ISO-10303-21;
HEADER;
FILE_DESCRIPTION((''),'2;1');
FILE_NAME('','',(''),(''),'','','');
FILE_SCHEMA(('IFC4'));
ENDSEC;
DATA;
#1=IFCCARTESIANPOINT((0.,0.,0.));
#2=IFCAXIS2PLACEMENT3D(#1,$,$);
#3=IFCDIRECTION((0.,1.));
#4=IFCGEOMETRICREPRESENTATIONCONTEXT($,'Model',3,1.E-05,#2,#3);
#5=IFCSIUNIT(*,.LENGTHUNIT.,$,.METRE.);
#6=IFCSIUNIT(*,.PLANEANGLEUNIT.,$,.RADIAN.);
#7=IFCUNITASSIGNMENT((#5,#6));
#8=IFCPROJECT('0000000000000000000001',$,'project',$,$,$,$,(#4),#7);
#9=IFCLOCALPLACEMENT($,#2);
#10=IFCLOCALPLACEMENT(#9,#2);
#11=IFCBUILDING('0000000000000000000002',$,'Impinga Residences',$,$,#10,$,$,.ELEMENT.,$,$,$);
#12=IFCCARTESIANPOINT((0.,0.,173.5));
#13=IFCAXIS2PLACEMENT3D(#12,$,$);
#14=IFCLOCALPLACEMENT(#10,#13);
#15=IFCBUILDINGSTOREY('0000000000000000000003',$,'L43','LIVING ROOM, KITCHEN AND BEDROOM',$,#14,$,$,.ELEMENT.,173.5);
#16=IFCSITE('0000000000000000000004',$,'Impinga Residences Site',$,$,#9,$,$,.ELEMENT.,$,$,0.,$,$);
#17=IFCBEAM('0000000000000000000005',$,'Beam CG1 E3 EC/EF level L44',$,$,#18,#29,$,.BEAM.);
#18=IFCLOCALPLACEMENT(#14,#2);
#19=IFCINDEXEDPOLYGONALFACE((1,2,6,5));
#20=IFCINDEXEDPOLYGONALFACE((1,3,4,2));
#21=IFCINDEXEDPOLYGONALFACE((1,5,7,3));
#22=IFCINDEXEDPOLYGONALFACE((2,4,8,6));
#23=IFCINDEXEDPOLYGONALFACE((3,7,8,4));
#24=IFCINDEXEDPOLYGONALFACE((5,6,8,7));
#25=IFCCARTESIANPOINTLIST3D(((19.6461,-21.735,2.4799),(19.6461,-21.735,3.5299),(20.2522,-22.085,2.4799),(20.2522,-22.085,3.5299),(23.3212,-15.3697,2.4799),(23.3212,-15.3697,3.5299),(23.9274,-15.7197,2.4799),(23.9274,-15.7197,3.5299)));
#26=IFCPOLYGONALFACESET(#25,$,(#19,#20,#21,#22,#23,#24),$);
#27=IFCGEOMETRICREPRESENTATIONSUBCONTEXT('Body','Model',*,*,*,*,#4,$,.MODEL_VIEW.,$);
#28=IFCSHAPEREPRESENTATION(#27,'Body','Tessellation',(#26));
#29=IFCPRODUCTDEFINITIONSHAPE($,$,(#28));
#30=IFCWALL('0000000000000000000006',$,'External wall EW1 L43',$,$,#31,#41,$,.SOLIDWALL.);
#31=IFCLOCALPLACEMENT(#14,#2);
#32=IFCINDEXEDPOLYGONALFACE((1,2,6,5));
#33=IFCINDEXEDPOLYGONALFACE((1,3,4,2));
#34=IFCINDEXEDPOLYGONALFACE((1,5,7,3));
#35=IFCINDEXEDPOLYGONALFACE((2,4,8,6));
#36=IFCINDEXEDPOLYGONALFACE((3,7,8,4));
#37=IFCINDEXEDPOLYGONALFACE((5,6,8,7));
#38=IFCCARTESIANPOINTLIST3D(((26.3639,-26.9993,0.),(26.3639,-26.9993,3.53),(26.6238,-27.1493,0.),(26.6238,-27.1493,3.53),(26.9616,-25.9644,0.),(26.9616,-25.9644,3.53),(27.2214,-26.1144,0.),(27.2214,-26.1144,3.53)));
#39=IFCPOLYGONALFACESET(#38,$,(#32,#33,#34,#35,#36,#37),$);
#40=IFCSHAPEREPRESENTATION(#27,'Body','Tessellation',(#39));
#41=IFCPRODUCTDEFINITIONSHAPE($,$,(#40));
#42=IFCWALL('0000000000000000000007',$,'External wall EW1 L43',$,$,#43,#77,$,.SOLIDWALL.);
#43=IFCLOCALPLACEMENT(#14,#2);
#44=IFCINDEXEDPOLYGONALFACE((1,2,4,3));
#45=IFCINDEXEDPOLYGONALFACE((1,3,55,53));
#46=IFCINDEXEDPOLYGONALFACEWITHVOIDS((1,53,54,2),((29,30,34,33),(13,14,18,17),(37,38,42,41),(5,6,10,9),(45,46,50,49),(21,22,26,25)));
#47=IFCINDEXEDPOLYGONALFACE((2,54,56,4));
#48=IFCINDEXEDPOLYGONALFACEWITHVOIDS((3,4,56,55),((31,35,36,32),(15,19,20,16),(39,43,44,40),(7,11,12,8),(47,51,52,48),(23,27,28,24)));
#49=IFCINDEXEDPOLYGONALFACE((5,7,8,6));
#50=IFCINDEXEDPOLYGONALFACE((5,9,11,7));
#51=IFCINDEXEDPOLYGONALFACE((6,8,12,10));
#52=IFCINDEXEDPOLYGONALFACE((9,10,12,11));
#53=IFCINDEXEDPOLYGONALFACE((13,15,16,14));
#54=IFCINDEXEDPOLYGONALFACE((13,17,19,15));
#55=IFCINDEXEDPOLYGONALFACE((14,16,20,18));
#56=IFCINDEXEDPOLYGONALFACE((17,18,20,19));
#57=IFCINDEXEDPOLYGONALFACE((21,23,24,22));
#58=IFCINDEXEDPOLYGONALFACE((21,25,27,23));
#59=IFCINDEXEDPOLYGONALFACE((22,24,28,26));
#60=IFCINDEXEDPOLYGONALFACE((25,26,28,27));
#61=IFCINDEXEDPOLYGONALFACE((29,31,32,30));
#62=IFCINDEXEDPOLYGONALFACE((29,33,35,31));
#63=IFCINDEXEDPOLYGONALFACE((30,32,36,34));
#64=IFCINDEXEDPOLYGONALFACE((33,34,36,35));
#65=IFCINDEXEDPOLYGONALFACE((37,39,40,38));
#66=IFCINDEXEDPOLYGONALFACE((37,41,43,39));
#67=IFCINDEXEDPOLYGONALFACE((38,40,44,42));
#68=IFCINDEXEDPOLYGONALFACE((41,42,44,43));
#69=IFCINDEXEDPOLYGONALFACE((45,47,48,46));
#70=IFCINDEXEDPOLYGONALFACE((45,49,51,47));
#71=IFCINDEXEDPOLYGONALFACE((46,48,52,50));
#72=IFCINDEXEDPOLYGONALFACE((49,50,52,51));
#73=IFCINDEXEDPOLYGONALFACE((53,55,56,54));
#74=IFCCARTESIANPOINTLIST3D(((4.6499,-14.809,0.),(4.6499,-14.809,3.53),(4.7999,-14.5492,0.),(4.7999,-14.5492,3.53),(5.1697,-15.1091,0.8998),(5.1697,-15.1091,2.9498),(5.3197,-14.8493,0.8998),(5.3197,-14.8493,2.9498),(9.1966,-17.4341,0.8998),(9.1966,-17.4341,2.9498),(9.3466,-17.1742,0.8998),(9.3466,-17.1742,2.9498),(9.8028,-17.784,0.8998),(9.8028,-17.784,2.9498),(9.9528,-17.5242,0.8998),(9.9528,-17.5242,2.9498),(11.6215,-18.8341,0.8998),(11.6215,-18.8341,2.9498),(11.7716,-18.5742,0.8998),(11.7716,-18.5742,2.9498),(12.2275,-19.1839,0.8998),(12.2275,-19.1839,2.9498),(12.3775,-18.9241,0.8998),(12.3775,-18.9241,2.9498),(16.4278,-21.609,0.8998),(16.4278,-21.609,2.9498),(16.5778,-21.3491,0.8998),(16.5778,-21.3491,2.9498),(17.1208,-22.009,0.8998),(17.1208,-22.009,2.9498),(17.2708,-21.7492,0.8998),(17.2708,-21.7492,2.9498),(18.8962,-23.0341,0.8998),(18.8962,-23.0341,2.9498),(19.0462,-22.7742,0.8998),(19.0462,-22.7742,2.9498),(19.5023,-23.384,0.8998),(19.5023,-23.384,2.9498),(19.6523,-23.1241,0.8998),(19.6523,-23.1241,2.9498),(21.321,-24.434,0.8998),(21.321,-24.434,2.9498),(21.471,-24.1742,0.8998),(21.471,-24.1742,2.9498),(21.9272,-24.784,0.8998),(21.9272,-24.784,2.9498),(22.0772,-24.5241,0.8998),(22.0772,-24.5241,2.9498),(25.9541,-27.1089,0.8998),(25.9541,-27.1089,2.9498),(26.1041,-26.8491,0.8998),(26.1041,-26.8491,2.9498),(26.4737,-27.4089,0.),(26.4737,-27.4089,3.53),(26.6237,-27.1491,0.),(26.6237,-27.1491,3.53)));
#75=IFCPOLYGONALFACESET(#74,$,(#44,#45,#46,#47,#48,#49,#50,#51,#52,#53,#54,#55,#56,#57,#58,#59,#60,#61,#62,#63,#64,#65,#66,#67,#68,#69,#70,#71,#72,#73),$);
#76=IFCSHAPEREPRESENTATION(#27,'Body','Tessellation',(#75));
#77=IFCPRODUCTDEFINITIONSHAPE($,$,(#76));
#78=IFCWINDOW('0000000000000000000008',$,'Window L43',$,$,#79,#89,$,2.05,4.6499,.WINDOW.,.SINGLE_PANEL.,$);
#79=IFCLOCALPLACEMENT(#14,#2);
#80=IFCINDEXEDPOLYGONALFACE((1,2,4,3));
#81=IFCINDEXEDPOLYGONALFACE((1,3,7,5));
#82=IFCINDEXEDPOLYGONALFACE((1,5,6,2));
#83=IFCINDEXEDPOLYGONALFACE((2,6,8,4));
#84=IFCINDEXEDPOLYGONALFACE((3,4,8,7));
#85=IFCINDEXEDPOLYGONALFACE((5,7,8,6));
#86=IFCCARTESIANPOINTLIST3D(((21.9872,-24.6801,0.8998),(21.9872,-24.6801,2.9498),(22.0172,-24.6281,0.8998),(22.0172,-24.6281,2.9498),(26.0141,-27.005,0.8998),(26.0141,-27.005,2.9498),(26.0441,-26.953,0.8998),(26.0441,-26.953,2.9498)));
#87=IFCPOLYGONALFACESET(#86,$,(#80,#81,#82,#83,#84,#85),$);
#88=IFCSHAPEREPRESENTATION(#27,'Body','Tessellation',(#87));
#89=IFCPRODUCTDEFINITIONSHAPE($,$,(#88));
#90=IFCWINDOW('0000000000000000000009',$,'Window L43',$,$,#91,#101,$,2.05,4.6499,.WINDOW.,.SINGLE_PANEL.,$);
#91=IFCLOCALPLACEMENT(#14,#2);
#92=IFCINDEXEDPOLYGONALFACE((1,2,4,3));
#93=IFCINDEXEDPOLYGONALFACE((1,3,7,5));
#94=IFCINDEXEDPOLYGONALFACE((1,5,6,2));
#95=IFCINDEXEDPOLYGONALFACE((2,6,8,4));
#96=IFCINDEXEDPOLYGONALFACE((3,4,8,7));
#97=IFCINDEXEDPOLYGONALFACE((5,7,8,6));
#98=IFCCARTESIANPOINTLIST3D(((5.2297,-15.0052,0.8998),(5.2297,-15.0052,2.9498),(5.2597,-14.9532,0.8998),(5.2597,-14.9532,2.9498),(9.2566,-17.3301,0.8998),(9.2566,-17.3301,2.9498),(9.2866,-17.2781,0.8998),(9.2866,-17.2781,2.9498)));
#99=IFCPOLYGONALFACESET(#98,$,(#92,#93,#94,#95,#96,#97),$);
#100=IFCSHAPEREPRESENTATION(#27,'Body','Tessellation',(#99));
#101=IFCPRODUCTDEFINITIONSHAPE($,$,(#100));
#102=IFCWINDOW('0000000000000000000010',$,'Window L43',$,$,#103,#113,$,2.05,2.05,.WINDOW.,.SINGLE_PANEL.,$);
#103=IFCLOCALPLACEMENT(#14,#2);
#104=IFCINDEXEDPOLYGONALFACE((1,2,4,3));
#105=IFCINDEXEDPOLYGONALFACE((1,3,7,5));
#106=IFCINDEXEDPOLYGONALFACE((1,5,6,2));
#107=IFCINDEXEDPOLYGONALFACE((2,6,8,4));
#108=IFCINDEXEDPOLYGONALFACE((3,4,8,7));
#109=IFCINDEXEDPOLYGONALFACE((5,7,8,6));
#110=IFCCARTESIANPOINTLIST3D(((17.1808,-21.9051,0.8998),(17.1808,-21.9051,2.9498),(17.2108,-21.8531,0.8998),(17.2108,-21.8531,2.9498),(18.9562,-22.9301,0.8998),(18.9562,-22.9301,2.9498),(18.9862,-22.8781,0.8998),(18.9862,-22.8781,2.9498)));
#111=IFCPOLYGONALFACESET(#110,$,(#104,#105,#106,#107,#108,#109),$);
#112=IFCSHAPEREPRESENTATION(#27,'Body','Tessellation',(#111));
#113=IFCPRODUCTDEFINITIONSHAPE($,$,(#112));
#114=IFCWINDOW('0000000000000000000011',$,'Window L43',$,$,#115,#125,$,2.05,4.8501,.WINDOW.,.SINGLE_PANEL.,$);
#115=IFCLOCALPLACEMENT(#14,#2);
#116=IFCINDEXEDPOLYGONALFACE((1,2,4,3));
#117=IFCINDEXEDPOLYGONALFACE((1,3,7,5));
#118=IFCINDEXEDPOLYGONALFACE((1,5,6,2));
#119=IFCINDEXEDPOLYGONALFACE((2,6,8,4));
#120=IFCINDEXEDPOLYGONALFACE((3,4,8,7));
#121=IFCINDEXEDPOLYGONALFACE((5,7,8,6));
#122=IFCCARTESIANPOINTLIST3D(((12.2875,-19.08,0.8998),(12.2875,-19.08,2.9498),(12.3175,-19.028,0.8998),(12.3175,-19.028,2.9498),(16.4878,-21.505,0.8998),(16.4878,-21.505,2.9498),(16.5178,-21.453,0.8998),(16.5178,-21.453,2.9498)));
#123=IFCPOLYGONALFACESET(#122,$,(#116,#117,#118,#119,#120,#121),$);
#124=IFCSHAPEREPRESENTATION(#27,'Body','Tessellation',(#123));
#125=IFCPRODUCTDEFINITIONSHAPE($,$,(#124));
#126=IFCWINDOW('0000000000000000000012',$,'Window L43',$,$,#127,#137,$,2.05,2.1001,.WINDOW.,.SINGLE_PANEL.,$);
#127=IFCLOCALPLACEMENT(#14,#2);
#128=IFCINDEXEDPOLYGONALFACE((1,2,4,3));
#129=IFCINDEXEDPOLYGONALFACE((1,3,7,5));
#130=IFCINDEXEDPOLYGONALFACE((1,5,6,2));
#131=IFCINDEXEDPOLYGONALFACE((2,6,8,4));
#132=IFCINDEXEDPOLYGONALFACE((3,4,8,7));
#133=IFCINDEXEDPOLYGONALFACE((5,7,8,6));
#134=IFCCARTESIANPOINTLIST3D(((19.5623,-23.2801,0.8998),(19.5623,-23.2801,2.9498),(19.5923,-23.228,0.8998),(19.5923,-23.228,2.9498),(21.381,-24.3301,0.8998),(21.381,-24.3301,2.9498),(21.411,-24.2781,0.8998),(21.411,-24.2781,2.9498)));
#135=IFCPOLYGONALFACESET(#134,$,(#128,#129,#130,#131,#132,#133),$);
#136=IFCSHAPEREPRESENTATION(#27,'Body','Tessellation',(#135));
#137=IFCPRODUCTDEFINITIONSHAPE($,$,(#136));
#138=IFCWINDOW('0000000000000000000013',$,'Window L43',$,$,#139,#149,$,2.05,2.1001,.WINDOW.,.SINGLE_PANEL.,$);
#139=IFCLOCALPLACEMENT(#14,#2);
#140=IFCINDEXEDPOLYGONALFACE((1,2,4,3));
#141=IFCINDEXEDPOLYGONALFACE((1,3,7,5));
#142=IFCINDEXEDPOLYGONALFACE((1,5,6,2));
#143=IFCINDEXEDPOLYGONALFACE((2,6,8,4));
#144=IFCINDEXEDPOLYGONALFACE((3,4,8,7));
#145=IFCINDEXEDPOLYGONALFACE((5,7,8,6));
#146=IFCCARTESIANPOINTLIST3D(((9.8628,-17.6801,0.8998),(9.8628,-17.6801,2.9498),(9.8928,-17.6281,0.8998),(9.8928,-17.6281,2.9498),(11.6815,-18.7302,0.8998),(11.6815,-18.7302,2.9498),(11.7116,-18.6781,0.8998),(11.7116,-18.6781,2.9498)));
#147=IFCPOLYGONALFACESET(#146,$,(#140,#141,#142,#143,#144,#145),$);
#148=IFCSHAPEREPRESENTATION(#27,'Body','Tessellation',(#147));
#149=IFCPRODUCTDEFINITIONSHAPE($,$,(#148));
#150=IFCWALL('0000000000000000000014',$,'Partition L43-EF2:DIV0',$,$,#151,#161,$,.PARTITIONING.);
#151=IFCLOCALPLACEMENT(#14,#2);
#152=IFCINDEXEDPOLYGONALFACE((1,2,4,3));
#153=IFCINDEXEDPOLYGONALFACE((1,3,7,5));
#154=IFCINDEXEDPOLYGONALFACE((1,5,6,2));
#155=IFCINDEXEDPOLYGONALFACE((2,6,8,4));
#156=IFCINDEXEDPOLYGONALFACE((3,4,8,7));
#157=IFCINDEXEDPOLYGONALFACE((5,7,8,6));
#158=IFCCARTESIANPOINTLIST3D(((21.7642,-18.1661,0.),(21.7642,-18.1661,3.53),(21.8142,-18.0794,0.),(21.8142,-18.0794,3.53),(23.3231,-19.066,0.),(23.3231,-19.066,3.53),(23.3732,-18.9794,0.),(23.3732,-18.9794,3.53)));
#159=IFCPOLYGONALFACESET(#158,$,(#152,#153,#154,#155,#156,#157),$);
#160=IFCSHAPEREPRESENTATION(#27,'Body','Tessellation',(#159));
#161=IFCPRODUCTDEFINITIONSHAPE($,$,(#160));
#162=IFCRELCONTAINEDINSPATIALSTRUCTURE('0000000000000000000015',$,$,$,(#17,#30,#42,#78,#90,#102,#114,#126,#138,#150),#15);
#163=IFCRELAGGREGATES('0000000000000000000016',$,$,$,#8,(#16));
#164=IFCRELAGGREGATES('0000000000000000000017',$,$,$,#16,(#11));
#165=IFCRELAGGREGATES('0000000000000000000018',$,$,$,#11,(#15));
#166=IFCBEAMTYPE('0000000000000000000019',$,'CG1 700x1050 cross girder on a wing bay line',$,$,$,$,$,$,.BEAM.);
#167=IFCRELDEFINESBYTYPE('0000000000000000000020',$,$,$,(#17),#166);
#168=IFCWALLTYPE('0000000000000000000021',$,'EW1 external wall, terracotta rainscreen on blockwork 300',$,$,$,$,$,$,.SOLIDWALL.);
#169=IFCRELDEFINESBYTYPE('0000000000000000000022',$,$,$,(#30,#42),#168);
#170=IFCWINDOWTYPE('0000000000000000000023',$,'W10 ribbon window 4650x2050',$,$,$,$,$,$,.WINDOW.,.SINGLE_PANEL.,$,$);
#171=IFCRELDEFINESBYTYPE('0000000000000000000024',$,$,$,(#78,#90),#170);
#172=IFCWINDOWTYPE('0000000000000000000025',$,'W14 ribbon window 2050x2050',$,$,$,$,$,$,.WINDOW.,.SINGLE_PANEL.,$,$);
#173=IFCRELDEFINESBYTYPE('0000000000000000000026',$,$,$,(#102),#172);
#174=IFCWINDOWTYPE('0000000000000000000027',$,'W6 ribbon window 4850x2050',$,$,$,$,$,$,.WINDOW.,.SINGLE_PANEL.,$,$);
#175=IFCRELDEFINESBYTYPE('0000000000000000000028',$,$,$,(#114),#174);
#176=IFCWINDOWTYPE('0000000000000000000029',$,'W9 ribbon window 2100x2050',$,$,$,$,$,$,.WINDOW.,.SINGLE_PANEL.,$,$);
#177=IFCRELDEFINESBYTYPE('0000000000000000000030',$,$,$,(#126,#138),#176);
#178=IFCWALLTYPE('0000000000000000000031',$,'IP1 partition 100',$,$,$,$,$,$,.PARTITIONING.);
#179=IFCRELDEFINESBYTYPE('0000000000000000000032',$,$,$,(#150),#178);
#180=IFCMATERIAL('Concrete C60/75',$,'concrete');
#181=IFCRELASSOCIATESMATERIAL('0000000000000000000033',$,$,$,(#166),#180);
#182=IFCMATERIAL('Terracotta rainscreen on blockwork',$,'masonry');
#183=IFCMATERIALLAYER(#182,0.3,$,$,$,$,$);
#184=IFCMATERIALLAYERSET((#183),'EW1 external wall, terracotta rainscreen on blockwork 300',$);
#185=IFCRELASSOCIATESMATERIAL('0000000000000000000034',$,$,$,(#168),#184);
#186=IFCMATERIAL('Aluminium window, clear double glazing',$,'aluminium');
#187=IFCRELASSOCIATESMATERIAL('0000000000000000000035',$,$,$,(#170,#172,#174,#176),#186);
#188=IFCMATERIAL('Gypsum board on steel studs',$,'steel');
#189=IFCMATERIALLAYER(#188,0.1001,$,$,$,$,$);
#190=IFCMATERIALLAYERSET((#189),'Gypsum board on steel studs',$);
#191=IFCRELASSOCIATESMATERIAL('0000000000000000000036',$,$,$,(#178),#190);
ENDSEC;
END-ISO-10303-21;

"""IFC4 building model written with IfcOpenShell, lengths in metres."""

from ifc_helpers import new_model, si_unit, direction, frame, frame_2d, origin, origin_2d, place, context, subcontext, project, spatial, rectangle, extrude, material, layer, layer_set, material_profile, profile_set, type_object, element, fill, save


model = new_model("IFC4")

# Units and contexts
model_context = context("Model", 3, precision=1e-05, world=origin(), true_north=direction((0.0, 1.0)))
body_context = subcontext(model_context, "Body", "Model", "MODEL_VIEW")
ifc_project = project(units=[si_unit("LENGTHUNIT", "METRE"), si_unit("PLANEANGLEUNIT", "RADIAN")], contexts=[model_context])

# Site, building, storey
site_placement = place(None, origin())
site = spatial("IfcSite", under=ifc_project, at=site_placement, Name="Impinga Residences Site", CompositionType="ELEMENT", RefElevation=0.0)
building_placement = place(site_placement, origin())
building = spatial("IfcBuilding", under=site, at=building_placement, Name="Impinga Residences", CompositionType="ELEMENT")
storey_placement = place(building_placement, frame((0.0, 0.0, 173.5)))
storey = spatial("IfcBuildingStorey", under=building, at=storey_placement, Name="L43", Description="LIVING ROOM, KITCHEN AND BEDROOM", CompositionType="ELEMENT", Elevation=173.5)

# Beam
ifc_material_1 = material(Name="Concrete C60/75", Category="concrete")
ifc_material_profile = material_profile(ifc_material_1, rectangle(XDim=0.7, YDim=1.05, at=origin_2d()), Name="RC 700x1050")
ifc_profile_set = profile_set([ifc_material_profile], Name="Concrete C60/75")
beam_type = type_object("IfcBeamType", Name="CG1 700x1050 cross girder on a wing bay line", PredefinedType="BEAM", material=ifc_profile_set)
beam_placement = place(storey_placement, frame((23.6243, -15.5447, 3.0049), z_axis=(-0.500008, -0.866021, 0.0), x_axis=(0.866021, -0.500008, 0.0)))
element("IfcBeam", 1, at=beam_placement, inside=storey, type_object=beam_type, Name="Beam CG1 E3 EC/EF level L44", PredefinedType="BEAM", context=body_context, shape_type="SweptSolid", body=[
    extrude(rectangle(XDim=0.7, YDim=1.05, at=origin_2d()), origin(), (0.0, 0.0, 1.0), 7.3501),
])

# Wall
ifc_material_2 = material(Name="Terracotta rainscreen on blockwork", Category="masonry")
ifc_layer_1 = layer(ifc_material_2, 0.3)
ifc_layer_set_1 = layer_set([ifc_layer_1], Name="EW1 external wall, terracotta rainscreen on blockwork 300")
wall_type_1 = type_object("IfcWallType", Name="EW1 external wall, terracotta rainscreen on blockwork 300", PredefinedType="SOLIDWALL", material=ifc_layer_set_1)
wall_1_placement = place(storey_placement, frame((27.0916, -26.0393, 0.0), z_axis=(0.0, 0.0, 1.0), x_axis=(-0.500094, -0.865971, 0.0)))
element("IfcWall", 2, at=wall_1_placement, inside=storey, type_object=wall_type_1, Name="External wall EW1 L43", PredefinedType="SOLIDWALL", context=body_context, shape_type="SweptSolid", body=[
    extrude(rectangle(XDim=1.1951, YDim=0.3, at=frame_2d((0.5977, 0.0))), origin(), (0.0, 0.0, 1.0), 3.53),
])

# Wall, openings, windows
wall_2_placement = place(storey_placement, frame((26.5488, -27.2791, 0.0), z_axis=(0.0, 0.0, 1.0), x_axis=(-0.866027, 0.499998, 0.0)))
wall_2 = element("IfcWall", 3, at=wall_2_placement, inside=storey, type_object=wall_type_1, Name="External wall EW1 L43", PredefinedType="SOLIDWALL", context=body_context, shape_type="SweptSolid", body=[
    extrude(rectangle(XDim=25.2, YDim=0.3, at=frame_2d((12.6001, 0.0))), origin(), (0.0, 0.0, 1.0), 3.53),
])
opening_1_placement = place(wall_2_placement, frame((0.6001, 0.0, 0.8999)))
opening_1 = element("IfcOpeningElement", 4, at=opening_1_placement, cuts=wall_2, PredefinedType="OPENING", context=body_context, shape_type="SweptSolid", body=[
    extrude(rectangle(XDim=4.6499, YDim=2.05, at=frame_2d((2.325, 1.0249))), frame((0.0, 0.1599, 0.0), z_axis=(0.0, -1.0, 0.0), x_axis=(1.0, 0.0, 0.0)), (0.0, 0.0, 1.0), 0.3201),
])
opening_2_placement = place(wall_2_placement, frame((5.95, 0.0, 0.8999)))
opening_2 = element("IfcOpeningElement", 5, at=opening_2_placement, cuts=wall_2, PredefinedType="OPENING", context=body_context, shape_type="SweptSolid", body=[
    extrude(rectangle(XDim=2.1001, YDim=2.05, at=frame_2d((1.05, 1.0249))), frame((0.0, 0.1599, 0.0), z_axis=(0.0, -1.0, 0.0), x_axis=(1.0, 0.0, 0.0)), (0.0, 0.0, 1.0), 0.3201),
])
opening_3_placement = place(wall_2_placement, frame((8.75, 0.0, 0.8999)))
opening_3 = element("IfcOpeningElement", 6, at=opening_3_placement, cuts=wall_2, PredefinedType="OPENING", context=body_context, shape_type="SweptSolid", body=[
    extrude(rectangle(XDim=2.05, YDim=2.05, at=frame_2d((1.0249, 1.0249))), frame((0.0, 0.1599, 0.0), z_axis=(0.0, -1.0, 0.0), x_axis=(1.0, 0.0, 0.0)), (0.0, 0.0, 1.0), 0.3201),
])
opening_4_placement = place(wall_2_placement, frame((11.6001, 0.0, 0.8999)))
opening_4 = element("IfcOpeningElement", 7, at=opening_4_placement, cuts=wall_2, PredefinedType="OPENING", context=body_context, shape_type="SweptSolid", body=[
    extrude(rectangle(XDim=4.8501, YDim=2.05, at=frame_2d((2.425, 1.0249))), frame((0.0, 0.1599, 0.0), z_axis=(0.0, -1.0, 0.0), x_axis=(1.0, 0.0, 0.0)), (0.0, 0.0, 1.0), 0.3201),
])
opening_5_placement = place(wall_2_placement, frame((17.1499, 0.0, 0.8999)))
opening_5 = element("IfcOpeningElement", 8, at=opening_5_placement, cuts=wall_2, PredefinedType="OPENING", context=body_context, shape_type="SweptSolid", body=[
    extrude(rectangle(XDim=2.1001, YDim=2.05, at=frame_2d((1.05, 1.0249))), frame((0.0, 0.1599, 0.0), z_axis=(0.0, -1.0, 0.0), x_axis=(1.0, 0.0, 0.0)), (0.0, 0.0, 1.0), 0.3201),
])
opening_6_placement = place(wall_2_placement, frame((19.95, 0.0, 0.8999)))
opening_6 = element("IfcOpeningElement", 9, at=opening_6_placement, cuts=wall_2, PredefinedType="OPENING", context=body_context, shape_type="SweptSolid", body=[
    extrude(rectangle(XDim=4.6499, YDim=2.05, at=frame_2d((2.325, 1.0249))), frame((0.0, 0.1599, 0.0), z_axis=(0.0, -1.0, 0.0), x_axis=(1.0, 0.0, 0.0)), (0.0, 0.0, 1.0), 0.3201),
])
ifc_material_3 = material(Name="Aluminium window, clear double glazing", Category="aluminium")
window_type_1 = type_object("IfcWindowType", Name="W10 ribbon window 4650x2050", PartitioningType="SINGLE_PANEL", PredefinedType="WINDOW", material=ifc_material_3)
window_1_placement = place(opening_1_placement, origin())
window_1 = element("IfcWindow", 10, at=window_1_placement, inside=storey, type_object=window_type_1, Name="Window L43", OverallHeight=2.05, OverallWidth=4.6499, PartitioningType="SINGLE_PANEL", PredefinedType="WINDOW", context=body_context, shape_type="SweptSolid", body=[
    extrude(rectangle(XDim=4.6499, YDim=2.05, at=frame_2d((2.325, 1.0249))), frame((0.0, 0.03, 0.0), z_axis=(0.0, -1.0, 0.0), x_axis=(1.0, 0.0, 0.0)), (0.0, 0.0, 1.0), 0.0601),
])
fill(opening_1, window_1)
window_2_placement = place(opening_6_placement, origin())
window_2 = element("IfcWindow", 11, at=window_2_placement, inside=storey, type_object=window_type_1, Name="Window L43", OverallHeight=2.05, OverallWidth=4.6499, PartitioningType="SINGLE_PANEL", PredefinedType="WINDOW", context=body_context, shape_type="SweptSolid", body=[
    extrude(rectangle(XDim=4.6499, YDim=2.05, at=frame_2d((2.325, 1.0249))), frame((0.0, 0.03, 0.0), z_axis=(0.0, -1.0, 0.0), x_axis=(1.0, 0.0, 0.0)), (0.0, 0.0, 1.0), 0.0601),
])
fill(opening_6, window_2)
window_type_2 = type_object("IfcWindowType", Name="W14 ribbon window 2050x2050", PartitioningType="SINGLE_PANEL", PredefinedType="WINDOW", material=ifc_material_3)
window_3_placement = place(opening_3_placement, origin())
window_3 = element("IfcWindow", 12, at=window_3_placement, inside=storey, type_object=window_type_2, Name="Window L43", OverallHeight=2.05, OverallWidth=2.05, PartitioningType="SINGLE_PANEL", PredefinedType="WINDOW", context=body_context, shape_type="SweptSolid", body=[
    extrude(rectangle(XDim=2.05, YDim=2.05, at=frame_2d((1.0249, 1.0249))), frame((0.0, 0.03, 0.0), z_axis=(0.0, -1.0, 0.0), x_axis=(1.0, 0.0, 0.0)), (0.0, 0.0, 1.0), 0.0601),
])
fill(opening_3, window_3)
window_type_3 = type_object("IfcWindowType", Name="W6 ribbon window 4850x2050", PartitioningType="SINGLE_PANEL", PredefinedType="WINDOW", material=ifc_material_3)
window_4_placement = place(opening_4_placement, origin())
window_4 = element("IfcWindow", 13, at=window_4_placement, inside=storey, type_object=window_type_3, Name="Window L43", OverallHeight=2.05, OverallWidth=4.8501, PartitioningType="SINGLE_PANEL", PredefinedType="WINDOW", context=body_context, shape_type="SweptSolid", body=[
    extrude(rectangle(XDim=4.8501, YDim=2.05, at=frame_2d((2.425, 1.0249))), frame((0.0, 0.03, 0.0), z_axis=(0.0, -1.0, 0.0), x_axis=(1.0, 0.0, 0.0)), (0.0, 0.0, 1.0), 0.0601),
])
fill(opening_4, window_4)
window_type_4 = type_object("IfcWindowType", Name="W9 ribbon window 2100x2050", PartitioningType="SINGLE_PANEL", PredefinedType="WINDOW", material=ifc_material_3)
window_5_placement = place(opening_2_placement, origin())
window_5 = element("IfcWindow", 14, at=window_5_placement, inside=storey, type_object=window_type_4, Name="Window L43", OverallHeight=2.05, OverallWidth=2.1001, PartitioningType="SINGLE_PANEL", PredefinedType="WINDOW", context=body_context, shape_type="SweptSolid", body=[
    extrude(rectangle(XDim=2.1001, YDim=2.05, at=frame_2d((1.05, 1.0249))), frame((0.0, 0.03, 0.0), z_axis=(0.0, -1.0, 0.0), x_axis=(1.0, 0.0, 0.0)), (0.0, 0.0, 1.0), 0.0601),
])
fill(opening_2, window_5)
window_6_placement = place(opening_5_placement, origin())
window_6 = element("IfcWindow", 15, at=window_6_placement, inside=storey, type_object=window_type_4, Name="Window L43", OverallHeight=2.05, OverallWidth=2.1001, PartitioningType="SINGLE_PANEL", PredefinedType="WINDOW", context=body_context, shape_type="SweptSolid", body=[
    extrude(rectangle(XDim=2.1001, YDim=2.05, at=frame_2d((1.05, 1.0249))), frame((0.0, 0.03, 0.0), z_axis=(0.0, -1.0, 0.0), x_axis=(1.0, 0.0, 0.0)), (0.0, 0.0, 1.0), 0.0601),
])
fill(opening_5, window_6)

# Wall
ifc_material_4 = material(Name="Gypsum board on steel studs", Category="steel")
ifc_layer_2 = layer(ifc_material_4, 0.1001)
ifc_layer_set_2 = layer_set([ifc_layer_2], Name="Gypsum board on steel studs")
wall_type_2 = type_object("IfcWallType", Name="IP1 partition 100", PredefinedType="PARTITIONING", material=ifc_layer_set_2)
wall_3_placement = place(storey_placement, frame((21.7893, -18.1228, 0.0), z_axis=(0.0, 0.0, 1.0), x_axis=(0.866048, -0.499961, 0.0)))
element("IfcWall", 16, at=wall_3_placement, inside=storey, type_object=wall_type_2, Name="Partition L43-EF2:DIV0", PredefinedType="PARTITIONING", context=body_context, shape_type="SweptSolid", body=[
    extrude(rectangle(XDim=1.8, YDim=0.1001, at=frame_2d((0.8999, 0.0))), origin(), (0.0, 0.0, 1.0), 3.53),
])

save(model, "model.ifc")
